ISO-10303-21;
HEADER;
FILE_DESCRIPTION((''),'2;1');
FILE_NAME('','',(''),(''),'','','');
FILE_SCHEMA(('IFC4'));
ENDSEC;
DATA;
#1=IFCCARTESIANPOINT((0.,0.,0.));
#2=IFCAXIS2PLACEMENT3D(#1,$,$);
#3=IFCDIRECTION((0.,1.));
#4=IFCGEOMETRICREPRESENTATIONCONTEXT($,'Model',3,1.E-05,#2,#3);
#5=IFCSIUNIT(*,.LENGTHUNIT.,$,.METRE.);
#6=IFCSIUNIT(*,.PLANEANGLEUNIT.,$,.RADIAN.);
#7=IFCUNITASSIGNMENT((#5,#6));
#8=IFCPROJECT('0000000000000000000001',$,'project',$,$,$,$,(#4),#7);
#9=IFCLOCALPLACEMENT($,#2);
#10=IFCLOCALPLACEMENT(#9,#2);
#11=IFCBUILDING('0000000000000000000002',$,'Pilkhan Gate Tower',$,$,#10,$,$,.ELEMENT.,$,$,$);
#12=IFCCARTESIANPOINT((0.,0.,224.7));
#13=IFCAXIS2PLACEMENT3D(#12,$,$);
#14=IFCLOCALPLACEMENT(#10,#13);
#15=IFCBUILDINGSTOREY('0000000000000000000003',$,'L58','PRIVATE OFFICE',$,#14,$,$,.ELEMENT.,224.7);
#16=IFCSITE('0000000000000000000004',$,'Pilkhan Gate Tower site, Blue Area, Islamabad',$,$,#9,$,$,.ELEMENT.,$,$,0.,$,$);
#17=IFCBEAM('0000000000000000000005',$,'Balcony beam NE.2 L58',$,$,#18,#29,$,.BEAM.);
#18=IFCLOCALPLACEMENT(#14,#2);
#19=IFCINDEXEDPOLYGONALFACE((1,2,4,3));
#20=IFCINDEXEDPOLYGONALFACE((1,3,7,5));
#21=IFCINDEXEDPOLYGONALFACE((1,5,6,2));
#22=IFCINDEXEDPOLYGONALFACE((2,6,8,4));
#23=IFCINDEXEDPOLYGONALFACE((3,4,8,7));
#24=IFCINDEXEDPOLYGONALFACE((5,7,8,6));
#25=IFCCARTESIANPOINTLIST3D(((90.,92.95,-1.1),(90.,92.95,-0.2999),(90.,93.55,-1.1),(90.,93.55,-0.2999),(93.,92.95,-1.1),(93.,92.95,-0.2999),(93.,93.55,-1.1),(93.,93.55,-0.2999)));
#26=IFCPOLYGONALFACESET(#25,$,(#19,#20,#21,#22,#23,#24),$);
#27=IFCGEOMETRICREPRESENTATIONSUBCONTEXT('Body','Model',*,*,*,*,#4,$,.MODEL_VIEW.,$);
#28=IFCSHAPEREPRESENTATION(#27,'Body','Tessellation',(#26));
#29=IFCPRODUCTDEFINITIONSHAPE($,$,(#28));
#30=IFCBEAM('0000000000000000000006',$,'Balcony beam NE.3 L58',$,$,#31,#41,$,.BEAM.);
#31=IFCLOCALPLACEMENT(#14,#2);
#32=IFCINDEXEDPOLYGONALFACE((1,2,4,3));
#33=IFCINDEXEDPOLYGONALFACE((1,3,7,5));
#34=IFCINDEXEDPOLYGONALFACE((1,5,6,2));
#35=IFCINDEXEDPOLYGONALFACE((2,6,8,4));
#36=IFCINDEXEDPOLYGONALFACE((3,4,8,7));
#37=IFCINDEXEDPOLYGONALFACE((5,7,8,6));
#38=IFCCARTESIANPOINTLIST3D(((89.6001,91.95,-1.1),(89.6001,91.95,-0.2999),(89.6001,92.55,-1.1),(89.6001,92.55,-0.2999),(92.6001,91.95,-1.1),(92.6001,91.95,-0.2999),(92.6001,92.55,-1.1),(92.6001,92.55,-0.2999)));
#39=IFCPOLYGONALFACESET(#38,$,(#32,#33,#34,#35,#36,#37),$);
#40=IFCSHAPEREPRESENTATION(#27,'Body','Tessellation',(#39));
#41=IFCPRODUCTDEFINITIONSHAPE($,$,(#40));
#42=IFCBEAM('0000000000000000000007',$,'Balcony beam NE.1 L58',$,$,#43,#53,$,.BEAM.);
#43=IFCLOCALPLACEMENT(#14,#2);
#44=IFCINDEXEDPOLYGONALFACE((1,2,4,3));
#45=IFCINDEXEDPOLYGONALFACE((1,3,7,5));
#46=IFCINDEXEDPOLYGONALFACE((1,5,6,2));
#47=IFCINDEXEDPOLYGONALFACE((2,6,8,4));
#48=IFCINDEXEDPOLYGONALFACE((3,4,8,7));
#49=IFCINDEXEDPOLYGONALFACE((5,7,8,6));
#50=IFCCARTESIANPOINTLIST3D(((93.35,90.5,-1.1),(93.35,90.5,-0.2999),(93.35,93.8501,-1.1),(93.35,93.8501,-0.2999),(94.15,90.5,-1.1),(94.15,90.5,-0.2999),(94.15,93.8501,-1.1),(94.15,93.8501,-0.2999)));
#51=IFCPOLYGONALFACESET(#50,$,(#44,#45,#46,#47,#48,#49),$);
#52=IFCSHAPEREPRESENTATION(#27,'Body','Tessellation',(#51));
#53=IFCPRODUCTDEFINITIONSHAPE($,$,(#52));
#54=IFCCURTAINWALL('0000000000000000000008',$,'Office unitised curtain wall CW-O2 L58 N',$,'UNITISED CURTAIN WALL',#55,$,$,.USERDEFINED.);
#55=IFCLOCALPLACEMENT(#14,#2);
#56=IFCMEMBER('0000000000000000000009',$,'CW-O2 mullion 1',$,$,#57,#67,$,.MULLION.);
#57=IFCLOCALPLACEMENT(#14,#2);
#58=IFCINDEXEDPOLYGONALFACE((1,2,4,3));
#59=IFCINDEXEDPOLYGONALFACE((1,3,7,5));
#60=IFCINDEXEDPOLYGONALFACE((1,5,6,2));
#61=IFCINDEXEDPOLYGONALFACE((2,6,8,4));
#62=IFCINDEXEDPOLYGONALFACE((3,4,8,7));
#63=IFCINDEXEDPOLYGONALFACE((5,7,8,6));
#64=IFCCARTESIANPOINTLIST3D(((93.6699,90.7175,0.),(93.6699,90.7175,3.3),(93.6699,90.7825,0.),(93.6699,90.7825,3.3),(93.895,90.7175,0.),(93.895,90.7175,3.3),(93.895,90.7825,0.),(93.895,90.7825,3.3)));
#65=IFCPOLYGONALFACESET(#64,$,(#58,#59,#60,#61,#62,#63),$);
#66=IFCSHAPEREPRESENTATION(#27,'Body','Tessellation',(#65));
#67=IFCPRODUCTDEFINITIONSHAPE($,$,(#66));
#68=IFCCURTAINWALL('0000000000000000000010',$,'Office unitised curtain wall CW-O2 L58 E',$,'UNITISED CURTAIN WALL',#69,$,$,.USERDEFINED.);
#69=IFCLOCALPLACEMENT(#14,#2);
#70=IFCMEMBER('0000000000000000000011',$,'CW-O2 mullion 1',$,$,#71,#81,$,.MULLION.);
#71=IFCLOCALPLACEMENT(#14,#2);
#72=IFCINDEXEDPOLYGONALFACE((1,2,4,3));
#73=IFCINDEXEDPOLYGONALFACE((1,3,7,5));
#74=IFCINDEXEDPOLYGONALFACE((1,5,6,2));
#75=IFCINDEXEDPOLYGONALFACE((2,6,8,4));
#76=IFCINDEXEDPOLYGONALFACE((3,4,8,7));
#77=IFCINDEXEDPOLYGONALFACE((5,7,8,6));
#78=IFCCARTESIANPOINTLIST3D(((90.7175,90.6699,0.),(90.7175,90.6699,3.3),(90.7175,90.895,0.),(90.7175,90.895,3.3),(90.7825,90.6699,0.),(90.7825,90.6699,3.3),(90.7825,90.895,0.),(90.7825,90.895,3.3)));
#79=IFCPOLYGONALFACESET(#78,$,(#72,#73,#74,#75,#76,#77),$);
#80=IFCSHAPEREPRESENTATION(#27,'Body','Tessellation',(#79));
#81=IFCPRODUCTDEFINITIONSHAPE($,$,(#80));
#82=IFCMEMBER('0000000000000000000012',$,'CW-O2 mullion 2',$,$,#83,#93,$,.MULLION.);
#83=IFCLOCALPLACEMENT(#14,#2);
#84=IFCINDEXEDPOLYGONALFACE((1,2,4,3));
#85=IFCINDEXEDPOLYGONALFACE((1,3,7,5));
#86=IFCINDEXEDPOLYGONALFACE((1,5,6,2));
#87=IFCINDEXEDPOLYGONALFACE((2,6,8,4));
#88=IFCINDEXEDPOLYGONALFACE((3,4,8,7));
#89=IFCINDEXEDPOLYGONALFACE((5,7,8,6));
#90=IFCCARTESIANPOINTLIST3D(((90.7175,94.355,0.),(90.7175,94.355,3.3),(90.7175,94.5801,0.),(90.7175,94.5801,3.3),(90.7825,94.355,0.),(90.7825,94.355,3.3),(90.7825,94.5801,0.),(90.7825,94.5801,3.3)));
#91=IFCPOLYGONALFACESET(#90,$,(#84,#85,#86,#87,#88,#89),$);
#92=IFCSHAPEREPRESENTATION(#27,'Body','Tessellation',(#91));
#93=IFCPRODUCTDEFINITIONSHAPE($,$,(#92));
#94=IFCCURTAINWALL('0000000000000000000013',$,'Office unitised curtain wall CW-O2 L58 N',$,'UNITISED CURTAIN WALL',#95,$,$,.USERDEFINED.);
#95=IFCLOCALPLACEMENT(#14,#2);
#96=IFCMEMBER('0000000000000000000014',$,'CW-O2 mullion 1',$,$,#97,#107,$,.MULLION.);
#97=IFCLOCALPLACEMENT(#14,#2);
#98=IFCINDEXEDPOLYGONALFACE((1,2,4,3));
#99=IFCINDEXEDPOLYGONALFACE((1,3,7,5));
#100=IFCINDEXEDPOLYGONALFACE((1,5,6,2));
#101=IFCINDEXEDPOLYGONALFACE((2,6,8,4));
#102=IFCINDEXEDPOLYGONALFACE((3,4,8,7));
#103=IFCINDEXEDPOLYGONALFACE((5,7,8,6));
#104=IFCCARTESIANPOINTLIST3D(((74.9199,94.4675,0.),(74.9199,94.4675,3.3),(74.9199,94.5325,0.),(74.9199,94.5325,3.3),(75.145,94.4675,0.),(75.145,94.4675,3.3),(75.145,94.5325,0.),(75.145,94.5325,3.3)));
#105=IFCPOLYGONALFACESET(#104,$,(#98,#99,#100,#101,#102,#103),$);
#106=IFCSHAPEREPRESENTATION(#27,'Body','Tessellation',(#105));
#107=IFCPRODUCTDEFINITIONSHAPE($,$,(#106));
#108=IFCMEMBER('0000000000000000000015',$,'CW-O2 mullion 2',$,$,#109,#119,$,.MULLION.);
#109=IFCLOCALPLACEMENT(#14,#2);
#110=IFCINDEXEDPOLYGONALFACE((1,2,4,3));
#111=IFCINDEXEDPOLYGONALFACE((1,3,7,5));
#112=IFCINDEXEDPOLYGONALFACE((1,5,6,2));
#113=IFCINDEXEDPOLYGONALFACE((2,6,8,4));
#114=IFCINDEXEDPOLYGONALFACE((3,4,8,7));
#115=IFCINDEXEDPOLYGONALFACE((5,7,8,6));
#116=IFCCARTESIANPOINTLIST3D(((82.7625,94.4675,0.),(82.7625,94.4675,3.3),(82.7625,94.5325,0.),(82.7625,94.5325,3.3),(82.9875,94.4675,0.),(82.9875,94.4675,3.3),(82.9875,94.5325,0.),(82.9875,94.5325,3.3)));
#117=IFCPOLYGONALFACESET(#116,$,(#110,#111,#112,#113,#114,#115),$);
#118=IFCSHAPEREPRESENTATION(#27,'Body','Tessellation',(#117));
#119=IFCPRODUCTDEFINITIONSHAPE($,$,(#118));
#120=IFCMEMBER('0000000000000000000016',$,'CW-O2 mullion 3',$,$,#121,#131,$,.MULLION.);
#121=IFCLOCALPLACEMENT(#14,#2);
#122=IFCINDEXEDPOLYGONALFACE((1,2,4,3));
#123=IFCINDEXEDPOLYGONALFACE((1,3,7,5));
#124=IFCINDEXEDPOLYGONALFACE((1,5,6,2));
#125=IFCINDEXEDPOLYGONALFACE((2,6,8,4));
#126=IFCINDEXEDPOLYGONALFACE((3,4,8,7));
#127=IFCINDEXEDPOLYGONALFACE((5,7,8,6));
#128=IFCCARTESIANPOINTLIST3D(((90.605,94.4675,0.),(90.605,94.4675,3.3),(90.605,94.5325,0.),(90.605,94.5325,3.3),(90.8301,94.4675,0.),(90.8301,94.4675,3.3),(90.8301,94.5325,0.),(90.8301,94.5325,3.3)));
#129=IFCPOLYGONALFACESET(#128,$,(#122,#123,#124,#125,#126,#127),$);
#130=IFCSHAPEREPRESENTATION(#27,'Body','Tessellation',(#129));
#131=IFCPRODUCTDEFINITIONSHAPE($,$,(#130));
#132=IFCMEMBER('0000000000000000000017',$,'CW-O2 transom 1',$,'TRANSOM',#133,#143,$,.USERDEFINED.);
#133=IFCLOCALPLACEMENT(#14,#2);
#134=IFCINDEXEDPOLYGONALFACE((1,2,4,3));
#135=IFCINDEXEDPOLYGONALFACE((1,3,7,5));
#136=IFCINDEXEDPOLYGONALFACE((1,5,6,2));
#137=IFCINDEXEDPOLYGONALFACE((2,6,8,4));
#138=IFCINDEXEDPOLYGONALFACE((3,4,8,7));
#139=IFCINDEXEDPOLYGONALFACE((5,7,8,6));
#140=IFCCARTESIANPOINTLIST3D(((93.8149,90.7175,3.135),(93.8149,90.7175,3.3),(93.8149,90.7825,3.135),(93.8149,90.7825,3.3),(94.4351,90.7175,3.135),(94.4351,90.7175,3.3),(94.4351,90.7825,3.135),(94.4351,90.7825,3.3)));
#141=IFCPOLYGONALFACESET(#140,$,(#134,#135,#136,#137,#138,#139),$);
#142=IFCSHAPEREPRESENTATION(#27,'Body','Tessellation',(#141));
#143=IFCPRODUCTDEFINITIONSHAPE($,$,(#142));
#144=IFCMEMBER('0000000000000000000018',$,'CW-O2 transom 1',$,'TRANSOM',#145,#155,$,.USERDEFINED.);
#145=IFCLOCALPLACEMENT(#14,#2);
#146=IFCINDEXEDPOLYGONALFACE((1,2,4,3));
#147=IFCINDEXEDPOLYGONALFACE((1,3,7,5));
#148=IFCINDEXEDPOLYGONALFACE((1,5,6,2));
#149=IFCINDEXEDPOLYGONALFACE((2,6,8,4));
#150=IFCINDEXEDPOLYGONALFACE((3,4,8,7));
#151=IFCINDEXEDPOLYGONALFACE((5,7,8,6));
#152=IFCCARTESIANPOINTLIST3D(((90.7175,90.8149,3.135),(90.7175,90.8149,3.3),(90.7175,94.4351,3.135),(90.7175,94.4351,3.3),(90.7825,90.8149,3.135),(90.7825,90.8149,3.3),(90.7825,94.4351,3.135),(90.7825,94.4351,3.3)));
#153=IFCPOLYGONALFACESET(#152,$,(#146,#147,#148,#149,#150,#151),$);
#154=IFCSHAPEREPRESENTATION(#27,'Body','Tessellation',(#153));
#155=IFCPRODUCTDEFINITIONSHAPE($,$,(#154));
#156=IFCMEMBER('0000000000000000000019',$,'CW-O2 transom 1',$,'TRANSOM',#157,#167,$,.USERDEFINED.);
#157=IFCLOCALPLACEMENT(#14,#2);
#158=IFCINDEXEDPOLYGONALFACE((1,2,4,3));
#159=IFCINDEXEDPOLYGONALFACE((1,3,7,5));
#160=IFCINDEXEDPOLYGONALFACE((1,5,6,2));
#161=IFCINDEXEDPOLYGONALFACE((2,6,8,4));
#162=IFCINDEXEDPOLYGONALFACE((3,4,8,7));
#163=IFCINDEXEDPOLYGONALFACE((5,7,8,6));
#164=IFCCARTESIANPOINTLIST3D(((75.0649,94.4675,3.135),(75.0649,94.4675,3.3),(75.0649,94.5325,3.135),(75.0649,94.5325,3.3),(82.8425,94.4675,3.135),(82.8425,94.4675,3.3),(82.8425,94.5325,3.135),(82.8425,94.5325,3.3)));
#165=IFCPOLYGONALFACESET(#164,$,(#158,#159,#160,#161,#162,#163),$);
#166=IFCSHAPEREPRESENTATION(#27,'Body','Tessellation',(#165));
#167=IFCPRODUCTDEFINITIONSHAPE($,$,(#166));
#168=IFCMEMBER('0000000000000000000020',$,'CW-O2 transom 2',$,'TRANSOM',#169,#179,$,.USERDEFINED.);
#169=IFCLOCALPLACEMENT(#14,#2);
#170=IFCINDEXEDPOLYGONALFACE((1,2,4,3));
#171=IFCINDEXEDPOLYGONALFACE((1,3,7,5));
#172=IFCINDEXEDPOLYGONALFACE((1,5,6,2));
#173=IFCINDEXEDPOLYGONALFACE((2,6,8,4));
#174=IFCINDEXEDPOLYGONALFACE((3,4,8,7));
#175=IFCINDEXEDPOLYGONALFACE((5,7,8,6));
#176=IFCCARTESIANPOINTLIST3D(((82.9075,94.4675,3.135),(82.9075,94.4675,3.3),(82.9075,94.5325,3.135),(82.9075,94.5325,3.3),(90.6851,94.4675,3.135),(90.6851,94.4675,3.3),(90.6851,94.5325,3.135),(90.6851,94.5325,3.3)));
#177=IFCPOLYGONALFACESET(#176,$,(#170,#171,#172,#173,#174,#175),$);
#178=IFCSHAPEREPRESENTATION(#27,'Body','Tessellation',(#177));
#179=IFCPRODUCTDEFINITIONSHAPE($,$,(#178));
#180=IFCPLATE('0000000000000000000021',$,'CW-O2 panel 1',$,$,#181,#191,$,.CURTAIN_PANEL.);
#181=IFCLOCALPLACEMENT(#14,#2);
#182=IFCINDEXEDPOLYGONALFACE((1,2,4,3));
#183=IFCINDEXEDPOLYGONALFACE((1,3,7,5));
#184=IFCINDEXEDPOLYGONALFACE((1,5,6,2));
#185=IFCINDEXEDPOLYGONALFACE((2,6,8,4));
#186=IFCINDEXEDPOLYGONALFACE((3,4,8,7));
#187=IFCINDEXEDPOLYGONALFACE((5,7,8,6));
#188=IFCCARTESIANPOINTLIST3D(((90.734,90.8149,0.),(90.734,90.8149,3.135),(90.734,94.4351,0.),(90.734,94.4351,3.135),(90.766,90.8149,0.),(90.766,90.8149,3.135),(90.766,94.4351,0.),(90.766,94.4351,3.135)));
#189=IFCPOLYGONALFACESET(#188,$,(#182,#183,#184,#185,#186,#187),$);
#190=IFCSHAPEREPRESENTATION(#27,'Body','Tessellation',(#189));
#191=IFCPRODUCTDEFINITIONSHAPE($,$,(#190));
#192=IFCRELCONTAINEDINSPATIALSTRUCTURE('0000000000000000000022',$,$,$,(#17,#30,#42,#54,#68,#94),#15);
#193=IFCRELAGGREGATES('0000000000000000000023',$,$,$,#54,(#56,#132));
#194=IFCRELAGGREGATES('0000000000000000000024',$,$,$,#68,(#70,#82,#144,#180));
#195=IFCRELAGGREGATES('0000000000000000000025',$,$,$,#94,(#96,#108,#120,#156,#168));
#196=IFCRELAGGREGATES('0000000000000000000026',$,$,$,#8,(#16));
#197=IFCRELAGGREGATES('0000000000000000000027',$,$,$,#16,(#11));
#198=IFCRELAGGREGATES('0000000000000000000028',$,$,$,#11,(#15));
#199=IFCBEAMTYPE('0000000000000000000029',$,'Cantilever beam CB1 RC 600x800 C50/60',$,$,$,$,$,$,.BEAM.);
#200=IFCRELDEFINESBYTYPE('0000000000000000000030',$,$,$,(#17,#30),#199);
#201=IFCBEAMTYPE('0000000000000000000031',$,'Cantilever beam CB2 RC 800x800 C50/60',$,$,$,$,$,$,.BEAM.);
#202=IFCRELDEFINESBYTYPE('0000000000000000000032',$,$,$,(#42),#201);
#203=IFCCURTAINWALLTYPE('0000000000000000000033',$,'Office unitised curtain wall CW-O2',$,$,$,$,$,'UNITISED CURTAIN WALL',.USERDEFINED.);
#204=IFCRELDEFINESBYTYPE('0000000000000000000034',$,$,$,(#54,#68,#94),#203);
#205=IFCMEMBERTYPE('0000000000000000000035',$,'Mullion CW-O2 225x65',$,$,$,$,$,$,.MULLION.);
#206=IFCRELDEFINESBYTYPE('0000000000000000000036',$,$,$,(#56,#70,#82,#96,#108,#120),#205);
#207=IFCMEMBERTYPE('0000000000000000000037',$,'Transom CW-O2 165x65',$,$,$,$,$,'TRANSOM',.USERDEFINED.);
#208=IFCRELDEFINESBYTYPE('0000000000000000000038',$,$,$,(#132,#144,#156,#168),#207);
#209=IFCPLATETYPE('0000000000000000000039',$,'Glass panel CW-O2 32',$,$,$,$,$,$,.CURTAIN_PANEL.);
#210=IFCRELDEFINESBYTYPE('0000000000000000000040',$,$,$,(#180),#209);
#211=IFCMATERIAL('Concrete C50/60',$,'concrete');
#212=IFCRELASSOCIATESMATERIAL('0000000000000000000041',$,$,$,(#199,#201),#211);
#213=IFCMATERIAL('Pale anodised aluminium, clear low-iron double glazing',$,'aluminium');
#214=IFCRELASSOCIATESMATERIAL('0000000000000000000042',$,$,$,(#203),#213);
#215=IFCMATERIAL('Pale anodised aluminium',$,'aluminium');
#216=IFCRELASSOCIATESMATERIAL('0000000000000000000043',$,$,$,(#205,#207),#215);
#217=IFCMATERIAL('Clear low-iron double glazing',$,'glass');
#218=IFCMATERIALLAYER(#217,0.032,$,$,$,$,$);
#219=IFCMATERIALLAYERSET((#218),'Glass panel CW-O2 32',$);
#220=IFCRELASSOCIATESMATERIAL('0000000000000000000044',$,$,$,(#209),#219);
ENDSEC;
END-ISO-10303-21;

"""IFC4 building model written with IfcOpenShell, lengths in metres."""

from ifc_helpers import new_model, si_unit, direction, frame, origin, origin_2d, place, context, subcontext, project, spatial, rectangle, extrude, material, layer, layer_set, material_profile, profile_set, type_object, element, aggregate, save


model = new_model("IFC4")

# Units and contexts
model_context = context("Model", 3, precision=1e-05, world=origin(), true_north=direction((0.0, 1.0)))
body_context = subcontext(model_context, "Body", "Model", "MODEL_VIEW")
ifc_project = project(units=[si_unit("LENGTHUNIT", "METRE"), si_unit("PLANEANGLEUNIT", "RADIAN")], contexts=[model_context])

# Site, building, storey
site_placement = place(None, origin())
site = spatial("IfcSite", under=ifc_project, at=site_placement, Name="Pilkhan Gate Tower site, Blue Area, Islamabad", CompositionType="ELEMENT", RefElevation=0.0)
building_placement = place(site_placement, origin())
building = spatial("IfcBuilding", under=site, at=building_placement, Name="Pilkhan Gate Tower", CompositionType="ELEMENT")
storey_placement = place(building_placement, frame((0.0, 0.0, 224.7)))
storey = spatial("IfcBuildingStorey", under=building, at=storey_placement, Name="L58", Description="PRIVATE OFFICE", CompositionType="ELEMENT", Elevation=224.7)

# Beams
ifc_material_1 = material(Name="Concrete C50/60", Category="concrete")
ifc_material_profile_1 = material_profile(ifc_material_1, rectangle(XDim=0.6001, YDim=0.8, at=origin_2d()), Name="RC 600x800")
ifc_profile_set_1 = profile_set([ifc_material_profile_1], Name="Concrete C50/60")
beam_type_1 = type_object("IfcBeamType", Name="Cantilever beam CB1 RC 600x800 C50/60", PredefinedType="BEAM", material=ifc_profile_set_1)
for number, where, z_axis, x_axis, name in (
    (1, (90.0, 93.25, -0.7), (1.0, 0.0, 0.0), (0.0, 1.0, 0.0), "Balcony beam NE.2 L58"),
    (2, (89.6001, 92.25, -0.7), (1.0, 0.0, 0.0), (0.0, 1.0, 0.0), "Balcony beam NE.3 L58"),
):
    element("IfcBeam", number, at=place(storey_placement, frame(where, z_axis=z_axis, x_axis=x_axis)), inside=storey, type_object=beam_type_1, Name=name, PredefinedType="BEAM", context=body_context, shape_type="SweptSolid", body=[
        extrude(rectangle(XDim=0.6001, YDim=0.8, at=origin_2d()), origin(), (0.0, 0.0, 1.0), 3.0),
    ])
ifc_material_profile_2 = material_profile(ifc_material_1, rectangle(XDim=0.8, YDim=0.8, at=origin_2d()), Name="RC 800x800")
ifc_profile_set_2 = profile_set([ifc_material_profile_2], Name="Concrete C50/60")
beam_type_2 = type_object("IfcBeamType", Name="Cantilever beam CB2 RC 800x800 C50/60", PredefinedType="BEAM", material=ifc_profile_set_2)
beam_placement = place(storey_placement, frame((93.75, 90.5, -0.7), z_axis=(0.0, 1.0, 0.0), x_axis=(-1.0, 0.0, 0.0)))
element("IfcBeam", 3, at=beam_placement, inside=storey, type_object=beam_type_2, Name="Balcony beam NE.1 L58", PredefinedType="BEAM", context=body_context, shape_type="SweptSolid", body=[
    extrude(rectangle(XDim=0.8, YDim=0.8, at=origin_2d()), origin(), (0.0, 0.0, 1.0), 3.3501),
])

# Curtain wall, member
ifc_material_2 = material(Name="Pale anodised aluminium, clear low-iron double glazing", Category="aluminium")
curtain_wall_type = type_object("IfcCurtainWallType", Name="Office unitised curtain wall CW-O2", ElementType="UNITISED CURTAIN WALL", PredefinedType="USERDEFINED", material=ifc_material_2)
curtain_wall_1_placement = place(storey_placement, origin())
curtain_wall_1 = element("IfcCurtainWall", 4, at=curtain_wall_1_placement, inside=storey, type_object=curtain_wall_type, Name="Office unitised curtain wall CW-O2 L58 N", ObjectType="UNITISED CURTAIN WALL", PredefinedType="USERDEFINED")
ifc_material_3 = material(Name="Pale anodised aluminium", Category="aluminium")
ifc_material_profile_3 = material_profile(ifc_material_3, rectangle(XDim=0.0649, YDim=0.2251, at=origin_2d()), Name="Mullion 225x65")
ifc_profile_set_3 = profile_set([ifc_material_profile_3], Name="Pale anodised aluminium")
member_type_1 = type_object("IfcMemberType", Name="Mullion CW-O2 225x65", PredefinedType="MULLION", material=ifc_profile_set_3)
member_1_placement = place(storey_placement, frame((93.7825, 90.75, 0.0), z_axis=(0.0, 0.0, 1.0), x_axis=(0.0, 1.0, 0.0)))
member_1 = element("IfcMember", 5, at=member_1_placement, type_object=member_type_1, Name="CW-O2 mullion 1", PredefinedType="MULLION", context=body_context, shape_type="SweptSolid", body=[
    extrude(rectangle(XDim=0.0649, YDim=0.2251, at=origin_2d()), origin(), (0.0, 0.0, 1.0), 3.3),
])

# Curtain walls, members
curtain_wall_2_placement = place(storey_placement, origin())
curtain_wall_2 = element("IfcCurtainWall", 6, at=curtain_wall_2_placement, inside=storey, type_object=curtain_wall_type, Name="Office unitised curtain wall CW-O2 L58 E", ObjectType="UNITISED CURTAIN WALL", PredefinedType="USERDEFINED")
member_2_placement = place(storey_placement, frame((90.75, 90.7825, 0.0), z_axis=(0.0, 0.0, 1.0), x_axis=(-1.0, 0.0, 0.0)))
member_2 = element("IfcMember", 7, at=member_2_placement, type_object=member_type_1, Name="CW-O2 mullion 1", PredefinedType="MULLION", context=body_context, shape_type="SweptSolid", body=[
    extrude(rectangle(XDim=0.0649, YDim=0.2251, at=origin_2d()), origin(), (0.0, 0.0, 1.0), 3.3),
])
member_3_placement = place(storey_placement, frame((90.75, 94.4675, 0.0), z_axis=(0.0, 0.0, 1.0), x_axis=(-1.0, 0.0, 0.0)))
member_3 = element("IfcMember", 8, at=member_3_placement, type_object=member_type_1, Name="CW-O2 mullion 2", PredefinedType="MULLION", context=body_context, shape_type="SweptSolid", body=[
    extrude(rectangle(XDim=0.0649, YDim=0.2251, at=origin_2d()), origin(), (0.0, 0.0, 1.0), 3.3),
])
curtain_wall_3_placement = place(storey_placement, origin())
curtain_wall_3 = element("IfcCurtainWall", 9, at=curtain_wall_3_placement, inside=storey, type_object=curtain_wall_type, Name="Office unitised curtain wall CW-O2 L58 N", ObjectType="UNITISED CURTAIN WALL", PredefinedType="USERDEFINED")
member_4_placement = place(storey_placement, frame((75.0325, 94.5, 0.0), z_axis=(0.0, 0.0, 1.0), x_axis=(0.0, 1.0, 0.0)))
member_4 = element("IfcMember", 10, at=member_4_placement, type_object=member_type_1, Name="CW-O2 mullion 1", PredefinedType="MULLION", context=body_context, shape_type="SweptSolid", body=[
    extrude(rectangle(XDim=0.0649, YDim=0.2251, at=origin_2d()), origin(), (0.0, 0.0, 1.0), 3.3),
])
member_5_placement = place(storey_placement, frame((82.875, 94.5, 0.0), z_axis=(0.0, 0.0, 1.0), x_axis=(0.0, 1.0, 0.0)))
member_5 = element("IfcMember", 11, at=member_5_placement, type_object=member_type_1, Name="CW-O2 mullion 2", PredefinedType="MULLION", context=body_context, shape_type="SweptSolid", body=[
    extrude(rectangle(XDim=0.0649, YDim=0.2251, at=origin_2d()), origin(), (0.0, 0.0, 1.0), 3.3),
])
member_6_placement = place(storey_placement, frame((90.7175, 94.5, 0.0), z_axis=(0.0, 0.0, 1.0), x_axis=(0.0, 1.0, 0.0)))
member_6 = element("IfcMember", 12, at=member_6_placement, type_object=member_type_1, Name="CW-O2 mullion 3", PredefinedType="MULLION", context=body_context, shape_type="SweptSolid", body=[
    extrude(rectangle(XDim=0.0649, YDim=0.2251, at=origin_2d()), origin(), (0.0, 0.0, 1.0), 3.3),
])

# Members
ifc_material_profile_4 = material_profile(ifc_material_3, rectangle(XDim=0.0649, YDim=0.165, at=origin_2d()), Name="Transom 165x65")
ifc_profile_set_4 = profile_set([ifc_material_profile_4], Name="Pale anodised aluminium")
member_type_2 = type_object("IfcMemberType", Name="Transom CW-O2 165x65", ElementType="TRANSOM", PredefinedType="USERDEFINED", material=ifc_profile_set_4)
member_7_placement = place(storey_placement, frame((93.8149, 90.75, 3.2175), z_axis=(1.0, 0.0, 0.0), x_axis=(0.0, 1.0, 0.0)))
member_7 = element("IfcMember", 13, at=member_7_placement, type_object=member_type_2, Name="CW-O2 transom 1", ObjectType="TRANSOM", PredefinedType="USERDEFINED", context=body_context, shape_type="SweptSolid", body=[
    extrude(rectangle(XDim=0.0649, YDim=0.165, at=origin_2d()), origin(), (0.0, 0.0, 1.0), 0.6201),
])
aggregate(curtain_wall_1, [member_1, member_7])
member_8_placement = place(storey_placement, frame((90.75, 90.8149, 3.2175), z_axis=(0.0, 1.0, 0.0), x_axis=(-1.0, 0.0, 0.0)))
member_8 = element("IfcMember", 14, at=member_8_placement, type_object=member_type_2, Name="CW-O2 transom 1", ObjectType="TRANSOM", PredefinedType="USERDEFINED", context=body_context, shape_type="SweptSolid", body=[
    extrude(rectangle(XDim=0.0649, YDim=0.165, at=origin_2d()), origin(), (0.0, 0.0, 1.0), 3.6201),
])
member_9_placement = place(storey_placement, frame((75.0649, 94.5, 3.2175), z_axis=(1.0, 0.0, 0.0), x_axis=(0.0, 1.0, 0.0)))
member_9 = element("IfcMember", 15, at=member_9_placement, type_object=member_type_2, Name="CW-O2 transom 1", ObjectType="TRANSOM", PredefinedType="USERDEFINED", context=body_context, shape_type="SweptSolid", body=[
    extrude(rectangle(XDim=0.0649, YDim=0.165, at=origin_2d()), origin(), (0.0, 0.0, 1.0), 7.7776),
])
member_10_placement = place(storey_placement, frame((82.9075, 94.5, 3.2175), z_axis=(1.0, 0.0, 0.0), x_axis=(0.0, 1.0, 0.0)))
member_10 = element("IfcMember", 16, at=member_10_placement, type_object=member_type_2, Name="CW-O2 transom 2", ObjectType="TRANSOM", PredefinedType="USERDEFINED", context=body_context, shape_type="SweptSolid", body=[
    extrude(rectangle(XDim=0.0649, YDim=0.165, at=origin_2d()), origin(), (0.0, 0.0, 1.0), 7.7776),
])

# Plate
ifc_material_4 = material(Name="Clear low-iron double glazing", Category="glass")
ifc_layer_1 = layer(ifc_material_4, 0.032)
ifc_layer_set_1 = layer_set([ifc_layer_1], Name="Glass panel CW-O2 32")
plate_type = type_object("IfcPlateType", Name="Glass panel CW-O2 32", PredefinedType="CURTAIN_PANEL", material=ifc_layer_set_1)
plate_1_placement = place(storey_placement, frame((90.75, 92.625, 0.0), z_axis=(0.0, 0.0, 1.0), x_axis=(0.0, 1.0, 0.0)))
plate_1 = element("IfcPlate", 17, at=plate_1_placement, type_object=plate_type, Name="CW-O2 panel 1", PredefinedType="CURTAIN_PANEL", context=body_context, shape_type="SweptSolid", body=[
    extrude(rectangle(XDim=3.6201, YDim=0.032, at=origin_2d()), origin(), (0.0, 0.0, 1.0), 3.135),
])
aggregate(curtain_wall_2, [member_2, member_3, member_8, plate_1])
aggregate(curtain_wall_3, [member_4, member_5, member_6, member_9, member_10])

save(model, "model.ifc")
